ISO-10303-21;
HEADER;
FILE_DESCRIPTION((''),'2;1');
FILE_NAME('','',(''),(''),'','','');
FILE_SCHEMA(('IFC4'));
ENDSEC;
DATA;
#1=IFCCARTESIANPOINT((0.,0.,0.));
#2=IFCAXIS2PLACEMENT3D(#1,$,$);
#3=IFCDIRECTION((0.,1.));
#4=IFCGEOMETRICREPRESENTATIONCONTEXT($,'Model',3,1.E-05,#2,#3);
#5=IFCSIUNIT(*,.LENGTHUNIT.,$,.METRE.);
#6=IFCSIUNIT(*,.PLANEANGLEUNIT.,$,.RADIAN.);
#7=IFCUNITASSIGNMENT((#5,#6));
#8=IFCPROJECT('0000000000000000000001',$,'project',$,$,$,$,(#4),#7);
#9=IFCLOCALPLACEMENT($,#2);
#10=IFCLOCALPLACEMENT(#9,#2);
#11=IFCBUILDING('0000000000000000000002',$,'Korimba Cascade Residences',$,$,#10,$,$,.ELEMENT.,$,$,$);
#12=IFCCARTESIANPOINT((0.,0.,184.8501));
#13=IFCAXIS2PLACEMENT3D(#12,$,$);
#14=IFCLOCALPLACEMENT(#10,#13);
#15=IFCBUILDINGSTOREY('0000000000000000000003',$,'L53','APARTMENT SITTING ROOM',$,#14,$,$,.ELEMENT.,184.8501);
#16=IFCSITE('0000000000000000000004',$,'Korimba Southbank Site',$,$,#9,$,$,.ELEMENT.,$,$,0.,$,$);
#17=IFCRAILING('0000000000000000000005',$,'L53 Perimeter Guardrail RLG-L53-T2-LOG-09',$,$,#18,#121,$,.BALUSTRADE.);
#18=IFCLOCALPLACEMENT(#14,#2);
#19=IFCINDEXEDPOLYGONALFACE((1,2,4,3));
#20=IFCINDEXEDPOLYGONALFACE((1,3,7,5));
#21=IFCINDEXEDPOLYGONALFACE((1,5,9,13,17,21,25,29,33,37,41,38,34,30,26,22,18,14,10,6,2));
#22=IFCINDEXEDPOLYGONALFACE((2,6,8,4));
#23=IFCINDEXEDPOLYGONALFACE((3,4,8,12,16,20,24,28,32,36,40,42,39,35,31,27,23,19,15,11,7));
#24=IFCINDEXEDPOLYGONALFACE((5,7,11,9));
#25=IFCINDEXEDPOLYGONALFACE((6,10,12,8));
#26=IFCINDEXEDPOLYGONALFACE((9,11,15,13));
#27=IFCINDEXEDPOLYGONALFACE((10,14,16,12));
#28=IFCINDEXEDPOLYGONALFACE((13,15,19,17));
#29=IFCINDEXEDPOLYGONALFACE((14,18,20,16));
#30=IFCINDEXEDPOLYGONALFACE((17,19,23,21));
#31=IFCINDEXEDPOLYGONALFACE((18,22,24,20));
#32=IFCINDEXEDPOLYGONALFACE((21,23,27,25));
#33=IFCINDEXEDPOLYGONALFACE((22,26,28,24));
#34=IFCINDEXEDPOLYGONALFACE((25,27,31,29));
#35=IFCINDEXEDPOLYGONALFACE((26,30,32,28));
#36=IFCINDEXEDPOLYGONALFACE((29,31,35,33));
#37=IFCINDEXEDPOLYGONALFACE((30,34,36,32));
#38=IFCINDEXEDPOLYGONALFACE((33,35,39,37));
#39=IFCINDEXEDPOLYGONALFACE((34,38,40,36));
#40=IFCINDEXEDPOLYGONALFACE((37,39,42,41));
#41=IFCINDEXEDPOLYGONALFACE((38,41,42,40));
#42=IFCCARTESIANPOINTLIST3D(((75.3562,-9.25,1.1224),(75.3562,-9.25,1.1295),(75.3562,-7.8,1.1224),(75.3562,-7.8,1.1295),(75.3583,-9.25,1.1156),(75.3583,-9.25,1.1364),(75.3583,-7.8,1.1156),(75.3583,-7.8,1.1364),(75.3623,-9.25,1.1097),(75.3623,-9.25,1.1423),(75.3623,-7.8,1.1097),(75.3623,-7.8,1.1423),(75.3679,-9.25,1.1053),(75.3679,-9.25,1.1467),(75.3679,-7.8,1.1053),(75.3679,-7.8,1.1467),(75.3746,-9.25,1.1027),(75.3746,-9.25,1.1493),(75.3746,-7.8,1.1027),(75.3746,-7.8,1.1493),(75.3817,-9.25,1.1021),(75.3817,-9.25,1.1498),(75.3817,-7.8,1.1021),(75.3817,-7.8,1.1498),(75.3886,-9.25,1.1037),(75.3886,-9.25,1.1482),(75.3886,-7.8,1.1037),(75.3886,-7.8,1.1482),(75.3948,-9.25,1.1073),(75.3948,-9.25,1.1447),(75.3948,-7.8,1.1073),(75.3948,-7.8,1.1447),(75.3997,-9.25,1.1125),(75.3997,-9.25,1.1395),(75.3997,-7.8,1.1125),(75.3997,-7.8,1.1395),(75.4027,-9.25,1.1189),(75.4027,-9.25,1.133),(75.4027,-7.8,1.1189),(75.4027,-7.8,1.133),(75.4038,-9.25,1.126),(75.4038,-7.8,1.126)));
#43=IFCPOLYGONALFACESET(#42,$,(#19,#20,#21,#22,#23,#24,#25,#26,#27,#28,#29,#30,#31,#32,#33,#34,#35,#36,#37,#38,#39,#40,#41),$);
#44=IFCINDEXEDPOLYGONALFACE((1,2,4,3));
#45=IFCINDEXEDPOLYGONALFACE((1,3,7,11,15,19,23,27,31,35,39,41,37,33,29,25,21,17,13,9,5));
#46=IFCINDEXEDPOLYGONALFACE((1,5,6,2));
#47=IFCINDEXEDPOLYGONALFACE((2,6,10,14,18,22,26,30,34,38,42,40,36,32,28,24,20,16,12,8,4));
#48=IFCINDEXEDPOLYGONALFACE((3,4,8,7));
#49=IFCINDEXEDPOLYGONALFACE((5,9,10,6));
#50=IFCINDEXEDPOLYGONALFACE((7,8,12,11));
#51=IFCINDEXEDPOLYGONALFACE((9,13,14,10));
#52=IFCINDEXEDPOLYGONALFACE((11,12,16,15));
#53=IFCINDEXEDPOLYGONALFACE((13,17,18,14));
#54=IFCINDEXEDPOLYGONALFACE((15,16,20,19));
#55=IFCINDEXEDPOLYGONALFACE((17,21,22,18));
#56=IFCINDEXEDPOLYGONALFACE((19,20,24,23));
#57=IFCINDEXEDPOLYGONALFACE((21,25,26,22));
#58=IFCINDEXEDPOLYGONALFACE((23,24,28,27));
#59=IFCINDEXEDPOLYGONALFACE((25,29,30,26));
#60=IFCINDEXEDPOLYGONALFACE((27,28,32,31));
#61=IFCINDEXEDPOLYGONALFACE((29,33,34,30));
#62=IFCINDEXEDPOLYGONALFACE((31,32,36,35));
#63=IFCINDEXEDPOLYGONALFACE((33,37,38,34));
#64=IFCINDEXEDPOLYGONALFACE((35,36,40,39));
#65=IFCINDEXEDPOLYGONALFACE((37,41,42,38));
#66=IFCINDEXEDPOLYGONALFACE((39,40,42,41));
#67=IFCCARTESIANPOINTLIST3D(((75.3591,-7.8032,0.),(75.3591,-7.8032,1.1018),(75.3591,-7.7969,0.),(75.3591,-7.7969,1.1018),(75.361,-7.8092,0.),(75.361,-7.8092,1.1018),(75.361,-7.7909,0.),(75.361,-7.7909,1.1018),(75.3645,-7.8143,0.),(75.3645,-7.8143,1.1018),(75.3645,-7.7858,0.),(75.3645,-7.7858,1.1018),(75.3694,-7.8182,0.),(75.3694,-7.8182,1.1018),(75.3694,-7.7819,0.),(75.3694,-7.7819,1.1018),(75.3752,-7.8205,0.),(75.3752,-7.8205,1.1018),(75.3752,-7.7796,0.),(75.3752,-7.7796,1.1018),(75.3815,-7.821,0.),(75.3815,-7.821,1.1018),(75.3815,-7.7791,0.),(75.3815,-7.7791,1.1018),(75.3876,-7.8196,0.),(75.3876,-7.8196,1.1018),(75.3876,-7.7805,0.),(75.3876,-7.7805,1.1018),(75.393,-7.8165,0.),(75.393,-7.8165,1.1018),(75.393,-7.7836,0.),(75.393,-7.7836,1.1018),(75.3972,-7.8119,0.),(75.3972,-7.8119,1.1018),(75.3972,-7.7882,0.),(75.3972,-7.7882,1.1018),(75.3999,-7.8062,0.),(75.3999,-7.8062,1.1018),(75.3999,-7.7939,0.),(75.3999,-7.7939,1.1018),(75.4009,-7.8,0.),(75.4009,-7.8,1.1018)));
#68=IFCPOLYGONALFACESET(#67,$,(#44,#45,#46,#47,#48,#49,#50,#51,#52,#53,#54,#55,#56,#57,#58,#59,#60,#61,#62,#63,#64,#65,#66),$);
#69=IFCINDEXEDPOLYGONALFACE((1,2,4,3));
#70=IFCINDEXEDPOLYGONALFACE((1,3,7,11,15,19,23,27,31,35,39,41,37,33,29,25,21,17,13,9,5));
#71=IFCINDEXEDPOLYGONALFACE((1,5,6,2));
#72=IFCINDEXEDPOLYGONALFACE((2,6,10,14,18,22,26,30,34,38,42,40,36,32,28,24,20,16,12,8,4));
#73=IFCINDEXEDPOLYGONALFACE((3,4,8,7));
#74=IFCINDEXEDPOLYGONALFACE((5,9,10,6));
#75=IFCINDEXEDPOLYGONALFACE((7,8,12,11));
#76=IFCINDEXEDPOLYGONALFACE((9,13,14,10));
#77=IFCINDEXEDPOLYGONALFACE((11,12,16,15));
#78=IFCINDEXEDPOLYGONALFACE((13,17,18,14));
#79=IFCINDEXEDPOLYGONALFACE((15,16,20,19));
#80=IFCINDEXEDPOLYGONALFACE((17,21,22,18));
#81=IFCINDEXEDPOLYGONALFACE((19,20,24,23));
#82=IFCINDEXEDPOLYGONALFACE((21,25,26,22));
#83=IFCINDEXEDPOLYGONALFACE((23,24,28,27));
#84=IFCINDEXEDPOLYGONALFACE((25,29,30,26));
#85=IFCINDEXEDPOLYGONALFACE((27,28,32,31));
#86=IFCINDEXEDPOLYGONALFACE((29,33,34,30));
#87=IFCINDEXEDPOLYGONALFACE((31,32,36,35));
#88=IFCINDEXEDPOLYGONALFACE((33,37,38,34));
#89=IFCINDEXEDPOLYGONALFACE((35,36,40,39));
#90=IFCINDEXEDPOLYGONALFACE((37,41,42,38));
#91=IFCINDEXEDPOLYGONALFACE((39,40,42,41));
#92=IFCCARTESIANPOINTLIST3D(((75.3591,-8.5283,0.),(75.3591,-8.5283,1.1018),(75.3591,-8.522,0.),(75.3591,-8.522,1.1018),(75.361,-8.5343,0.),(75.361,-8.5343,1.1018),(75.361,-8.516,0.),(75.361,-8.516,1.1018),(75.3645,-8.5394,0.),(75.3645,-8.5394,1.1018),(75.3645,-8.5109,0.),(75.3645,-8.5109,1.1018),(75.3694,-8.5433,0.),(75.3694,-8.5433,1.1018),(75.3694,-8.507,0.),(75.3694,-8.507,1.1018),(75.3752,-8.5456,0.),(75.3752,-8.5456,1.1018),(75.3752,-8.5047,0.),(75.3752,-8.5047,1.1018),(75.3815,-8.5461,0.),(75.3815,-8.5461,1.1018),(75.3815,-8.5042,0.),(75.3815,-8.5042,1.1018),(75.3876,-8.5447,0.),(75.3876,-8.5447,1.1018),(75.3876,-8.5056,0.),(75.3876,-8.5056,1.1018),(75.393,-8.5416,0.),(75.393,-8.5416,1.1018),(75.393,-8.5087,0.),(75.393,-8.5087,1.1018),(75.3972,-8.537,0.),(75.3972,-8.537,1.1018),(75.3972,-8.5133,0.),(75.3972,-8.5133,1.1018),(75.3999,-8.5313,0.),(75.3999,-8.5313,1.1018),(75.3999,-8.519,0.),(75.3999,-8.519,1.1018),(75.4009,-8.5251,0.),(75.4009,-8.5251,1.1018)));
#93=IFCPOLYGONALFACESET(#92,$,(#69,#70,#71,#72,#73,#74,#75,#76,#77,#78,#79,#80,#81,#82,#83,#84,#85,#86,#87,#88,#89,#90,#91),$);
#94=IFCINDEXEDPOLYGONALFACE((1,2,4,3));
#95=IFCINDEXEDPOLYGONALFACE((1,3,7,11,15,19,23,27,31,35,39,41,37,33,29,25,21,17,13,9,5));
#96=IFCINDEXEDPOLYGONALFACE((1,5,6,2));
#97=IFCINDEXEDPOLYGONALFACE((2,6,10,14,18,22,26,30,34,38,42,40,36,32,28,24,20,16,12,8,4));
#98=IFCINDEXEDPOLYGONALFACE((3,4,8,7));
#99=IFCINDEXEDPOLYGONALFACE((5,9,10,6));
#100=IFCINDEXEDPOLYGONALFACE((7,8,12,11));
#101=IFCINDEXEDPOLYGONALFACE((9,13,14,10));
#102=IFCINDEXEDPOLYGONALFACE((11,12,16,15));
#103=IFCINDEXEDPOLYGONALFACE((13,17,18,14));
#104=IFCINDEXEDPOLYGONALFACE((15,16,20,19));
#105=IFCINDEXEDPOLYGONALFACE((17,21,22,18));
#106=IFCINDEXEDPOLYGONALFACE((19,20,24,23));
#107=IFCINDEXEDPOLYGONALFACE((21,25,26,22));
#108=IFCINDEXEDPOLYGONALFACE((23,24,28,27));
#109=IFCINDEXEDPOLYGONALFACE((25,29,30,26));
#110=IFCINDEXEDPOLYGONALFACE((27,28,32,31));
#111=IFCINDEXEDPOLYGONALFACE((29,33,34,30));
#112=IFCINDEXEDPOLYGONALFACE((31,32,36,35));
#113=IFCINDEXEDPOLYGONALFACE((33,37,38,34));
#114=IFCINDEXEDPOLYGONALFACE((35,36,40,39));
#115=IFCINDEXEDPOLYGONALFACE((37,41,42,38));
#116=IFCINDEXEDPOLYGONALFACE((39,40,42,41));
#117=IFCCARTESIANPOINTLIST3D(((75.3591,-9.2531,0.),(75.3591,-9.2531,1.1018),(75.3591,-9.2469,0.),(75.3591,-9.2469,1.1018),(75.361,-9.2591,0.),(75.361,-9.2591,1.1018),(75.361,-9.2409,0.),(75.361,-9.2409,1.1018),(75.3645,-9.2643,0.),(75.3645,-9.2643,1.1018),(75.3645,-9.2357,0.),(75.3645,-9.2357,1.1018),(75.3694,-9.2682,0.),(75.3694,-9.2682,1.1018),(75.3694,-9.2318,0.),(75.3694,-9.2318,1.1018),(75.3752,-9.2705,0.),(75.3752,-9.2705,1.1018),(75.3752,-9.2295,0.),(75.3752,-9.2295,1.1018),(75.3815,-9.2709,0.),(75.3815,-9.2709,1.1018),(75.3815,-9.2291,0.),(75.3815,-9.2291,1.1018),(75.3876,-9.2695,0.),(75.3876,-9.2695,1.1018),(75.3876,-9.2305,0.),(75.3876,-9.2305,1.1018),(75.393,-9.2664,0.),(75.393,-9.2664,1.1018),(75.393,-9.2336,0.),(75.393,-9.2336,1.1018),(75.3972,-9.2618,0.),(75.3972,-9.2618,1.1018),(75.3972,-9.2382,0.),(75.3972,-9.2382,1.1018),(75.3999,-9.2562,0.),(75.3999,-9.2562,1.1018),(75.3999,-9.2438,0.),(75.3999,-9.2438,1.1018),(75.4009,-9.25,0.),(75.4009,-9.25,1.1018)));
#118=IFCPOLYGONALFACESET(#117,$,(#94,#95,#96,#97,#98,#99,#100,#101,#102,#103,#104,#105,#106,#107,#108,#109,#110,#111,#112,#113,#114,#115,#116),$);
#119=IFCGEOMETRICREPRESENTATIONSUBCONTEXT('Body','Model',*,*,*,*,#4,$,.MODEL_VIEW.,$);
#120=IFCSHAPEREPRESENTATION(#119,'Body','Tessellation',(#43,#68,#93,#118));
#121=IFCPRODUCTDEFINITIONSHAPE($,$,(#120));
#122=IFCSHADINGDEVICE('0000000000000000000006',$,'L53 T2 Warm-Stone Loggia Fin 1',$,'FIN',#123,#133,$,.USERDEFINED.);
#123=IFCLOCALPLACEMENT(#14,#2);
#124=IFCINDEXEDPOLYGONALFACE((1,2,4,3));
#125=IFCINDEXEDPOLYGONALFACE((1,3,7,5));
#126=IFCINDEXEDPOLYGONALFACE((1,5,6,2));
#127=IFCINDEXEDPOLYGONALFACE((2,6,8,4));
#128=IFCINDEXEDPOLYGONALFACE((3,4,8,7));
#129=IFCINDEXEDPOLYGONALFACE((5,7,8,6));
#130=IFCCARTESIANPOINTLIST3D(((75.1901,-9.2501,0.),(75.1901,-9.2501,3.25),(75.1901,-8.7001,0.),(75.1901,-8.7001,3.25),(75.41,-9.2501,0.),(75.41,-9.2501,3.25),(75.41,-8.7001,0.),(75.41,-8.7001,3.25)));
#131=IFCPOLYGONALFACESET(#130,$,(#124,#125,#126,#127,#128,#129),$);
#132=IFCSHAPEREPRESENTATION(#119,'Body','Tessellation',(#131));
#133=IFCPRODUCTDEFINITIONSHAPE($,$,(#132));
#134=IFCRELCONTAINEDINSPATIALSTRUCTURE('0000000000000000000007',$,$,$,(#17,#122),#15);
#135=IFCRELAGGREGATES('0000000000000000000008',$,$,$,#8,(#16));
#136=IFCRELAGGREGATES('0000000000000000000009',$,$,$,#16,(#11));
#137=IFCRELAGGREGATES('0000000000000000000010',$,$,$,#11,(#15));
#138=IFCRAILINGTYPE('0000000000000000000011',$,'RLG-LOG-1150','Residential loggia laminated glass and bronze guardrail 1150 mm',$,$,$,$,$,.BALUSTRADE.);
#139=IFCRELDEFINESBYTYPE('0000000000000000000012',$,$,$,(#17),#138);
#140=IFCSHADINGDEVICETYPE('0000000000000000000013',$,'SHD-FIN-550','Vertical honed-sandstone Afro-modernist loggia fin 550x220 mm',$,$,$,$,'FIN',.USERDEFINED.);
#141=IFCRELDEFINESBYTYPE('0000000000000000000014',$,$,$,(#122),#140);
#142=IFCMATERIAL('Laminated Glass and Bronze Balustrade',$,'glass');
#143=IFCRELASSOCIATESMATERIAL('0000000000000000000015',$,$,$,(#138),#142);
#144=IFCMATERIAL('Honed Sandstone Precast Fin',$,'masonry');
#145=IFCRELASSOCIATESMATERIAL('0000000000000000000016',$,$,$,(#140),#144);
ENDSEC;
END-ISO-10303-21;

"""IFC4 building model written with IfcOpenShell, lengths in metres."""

from ifc_helpers import new_model, si_unit, direction, frame, origin, origin_2d, place, context, subcontext, project, spatial, rectangle, circle, extrude, material, type_object, element, save


model = new_model("IFC4")

# Units and contexts
model_context = context("Model", 3, precision=1e-05, world=origin(), true_north=direction((0.0, 1.0)))
body_context = subcontext(model_context, "Body", "Model", "MODEL_VIEW")
ifc_project = project(units=[si_unit("LENGTHUNIT", "METRE"), si_unit("PLANEANGLEUNIT", "RADIAN")], contexts=[model_context])

# Site, building, storey
site_placement = place(None, origin())
site = spatial("IfcSite", under=ifc_project, at=site_placement, Name="Korimba Southbank Site", CompositionType="ELEMENT", RefElevation=0.0)
building_placement = place(site_placement, origin())
building = spatial("IfcBuilding", under=site, at=building_placement, Name="Korimba Cascade Residences", CompositionType="ELEMENT")
storey_placement = place(building_placement, frame((0.0, 0.0, 184.8501)))
storey = spatial("IfcBuildingStorey", under=building, at=storey_placement, Name="L53", Description="APARTMENT SITTING ROOM", CompositionType="ELEMENT", Elevation=184.8501)

# Railing
ifc_material_1 = material(Name="Laminated Glass and Bronze Balustrade", Category="glass")
railing_type = type_object("IfcRailingType", Name="RLG-LOG-1150", Description="Residential loggia laminated glass and bronze guardrail 1150 mm", PredefinedType="BALUSTRADE", material=ifc_material_1)
railing_1_placement = place(storey_placement, frame((75.3799, -7.8, 0.0)))
element("IfcRailing", 1, at=railing_1_placement, inside=storey, type_object=railing_type, Name="L53 Perimeter Guardrail RLG-L53-T2-LOG-09", PredefinedType="BALUSTRADE", context=body_context, shape_type="SweptSolid", body=[
    extrude(circle(Radius=0.0239, at=origin_2d()), frame((0.0, 0.0, 1.126), z_axis=(0.0, -1.0, 0.0), x_axis=(1.0, 0.0, 0.0)), (0.0, 0.0, 1.0), 1.45),
    extrude(circle(Radius=0.021, at=origin_2d()), origin(), (0.0, 0.0, 1.0), 1.1018),
    extrude(circle(Radius=0.021, at=origin_2d()), frame((0.0, -0.7251, 0.0)), (0.0, 0.0, 1.0), 1.1018),
    extrude(circle(Radius=0.021, at=origin_2d()), frame((0.0, -1.45, 0.0)), (0.0, 0.0, 1.0), 1.1018),
])

# Shading device
ifc_material_2 = material(Name="Honed Sandstone Precast Fin", Category="masonry")
shading_device_type = type_object("IfcShadingDeviceType", Name="SHD-FIN-550", Description="Vertical honed-sandstone Afro-modernist loggia fin 550x220 mm", ElementType="FIN", PredefinedType="USERDEFINED", material=ifc_material_2)
shading_device_placement = place(storey_placement, frame((75.3, -8.9751, 0.0), z_axis=(0.0, 0.0, 1.0), x_axis=(1.0, 0.0, 0.0)))
element("IfcShadingDevice", 2, at=shading_device_placement, inside=storey, type_object=shading_device_type, Name="L53 T2 Warm-Stone Loggia Fin 1", ObjectType="FIN", PredefinedType="USERDEFINED", context=body_context, shape_type="SweptSolid", body=[
    extrude(rectangle(XDim=0.22, YDim=0.55, at=origin_2d()), origin(), (0.0, 0.0, 1.0), 3.25),
])

save(model, "model.ifc")
